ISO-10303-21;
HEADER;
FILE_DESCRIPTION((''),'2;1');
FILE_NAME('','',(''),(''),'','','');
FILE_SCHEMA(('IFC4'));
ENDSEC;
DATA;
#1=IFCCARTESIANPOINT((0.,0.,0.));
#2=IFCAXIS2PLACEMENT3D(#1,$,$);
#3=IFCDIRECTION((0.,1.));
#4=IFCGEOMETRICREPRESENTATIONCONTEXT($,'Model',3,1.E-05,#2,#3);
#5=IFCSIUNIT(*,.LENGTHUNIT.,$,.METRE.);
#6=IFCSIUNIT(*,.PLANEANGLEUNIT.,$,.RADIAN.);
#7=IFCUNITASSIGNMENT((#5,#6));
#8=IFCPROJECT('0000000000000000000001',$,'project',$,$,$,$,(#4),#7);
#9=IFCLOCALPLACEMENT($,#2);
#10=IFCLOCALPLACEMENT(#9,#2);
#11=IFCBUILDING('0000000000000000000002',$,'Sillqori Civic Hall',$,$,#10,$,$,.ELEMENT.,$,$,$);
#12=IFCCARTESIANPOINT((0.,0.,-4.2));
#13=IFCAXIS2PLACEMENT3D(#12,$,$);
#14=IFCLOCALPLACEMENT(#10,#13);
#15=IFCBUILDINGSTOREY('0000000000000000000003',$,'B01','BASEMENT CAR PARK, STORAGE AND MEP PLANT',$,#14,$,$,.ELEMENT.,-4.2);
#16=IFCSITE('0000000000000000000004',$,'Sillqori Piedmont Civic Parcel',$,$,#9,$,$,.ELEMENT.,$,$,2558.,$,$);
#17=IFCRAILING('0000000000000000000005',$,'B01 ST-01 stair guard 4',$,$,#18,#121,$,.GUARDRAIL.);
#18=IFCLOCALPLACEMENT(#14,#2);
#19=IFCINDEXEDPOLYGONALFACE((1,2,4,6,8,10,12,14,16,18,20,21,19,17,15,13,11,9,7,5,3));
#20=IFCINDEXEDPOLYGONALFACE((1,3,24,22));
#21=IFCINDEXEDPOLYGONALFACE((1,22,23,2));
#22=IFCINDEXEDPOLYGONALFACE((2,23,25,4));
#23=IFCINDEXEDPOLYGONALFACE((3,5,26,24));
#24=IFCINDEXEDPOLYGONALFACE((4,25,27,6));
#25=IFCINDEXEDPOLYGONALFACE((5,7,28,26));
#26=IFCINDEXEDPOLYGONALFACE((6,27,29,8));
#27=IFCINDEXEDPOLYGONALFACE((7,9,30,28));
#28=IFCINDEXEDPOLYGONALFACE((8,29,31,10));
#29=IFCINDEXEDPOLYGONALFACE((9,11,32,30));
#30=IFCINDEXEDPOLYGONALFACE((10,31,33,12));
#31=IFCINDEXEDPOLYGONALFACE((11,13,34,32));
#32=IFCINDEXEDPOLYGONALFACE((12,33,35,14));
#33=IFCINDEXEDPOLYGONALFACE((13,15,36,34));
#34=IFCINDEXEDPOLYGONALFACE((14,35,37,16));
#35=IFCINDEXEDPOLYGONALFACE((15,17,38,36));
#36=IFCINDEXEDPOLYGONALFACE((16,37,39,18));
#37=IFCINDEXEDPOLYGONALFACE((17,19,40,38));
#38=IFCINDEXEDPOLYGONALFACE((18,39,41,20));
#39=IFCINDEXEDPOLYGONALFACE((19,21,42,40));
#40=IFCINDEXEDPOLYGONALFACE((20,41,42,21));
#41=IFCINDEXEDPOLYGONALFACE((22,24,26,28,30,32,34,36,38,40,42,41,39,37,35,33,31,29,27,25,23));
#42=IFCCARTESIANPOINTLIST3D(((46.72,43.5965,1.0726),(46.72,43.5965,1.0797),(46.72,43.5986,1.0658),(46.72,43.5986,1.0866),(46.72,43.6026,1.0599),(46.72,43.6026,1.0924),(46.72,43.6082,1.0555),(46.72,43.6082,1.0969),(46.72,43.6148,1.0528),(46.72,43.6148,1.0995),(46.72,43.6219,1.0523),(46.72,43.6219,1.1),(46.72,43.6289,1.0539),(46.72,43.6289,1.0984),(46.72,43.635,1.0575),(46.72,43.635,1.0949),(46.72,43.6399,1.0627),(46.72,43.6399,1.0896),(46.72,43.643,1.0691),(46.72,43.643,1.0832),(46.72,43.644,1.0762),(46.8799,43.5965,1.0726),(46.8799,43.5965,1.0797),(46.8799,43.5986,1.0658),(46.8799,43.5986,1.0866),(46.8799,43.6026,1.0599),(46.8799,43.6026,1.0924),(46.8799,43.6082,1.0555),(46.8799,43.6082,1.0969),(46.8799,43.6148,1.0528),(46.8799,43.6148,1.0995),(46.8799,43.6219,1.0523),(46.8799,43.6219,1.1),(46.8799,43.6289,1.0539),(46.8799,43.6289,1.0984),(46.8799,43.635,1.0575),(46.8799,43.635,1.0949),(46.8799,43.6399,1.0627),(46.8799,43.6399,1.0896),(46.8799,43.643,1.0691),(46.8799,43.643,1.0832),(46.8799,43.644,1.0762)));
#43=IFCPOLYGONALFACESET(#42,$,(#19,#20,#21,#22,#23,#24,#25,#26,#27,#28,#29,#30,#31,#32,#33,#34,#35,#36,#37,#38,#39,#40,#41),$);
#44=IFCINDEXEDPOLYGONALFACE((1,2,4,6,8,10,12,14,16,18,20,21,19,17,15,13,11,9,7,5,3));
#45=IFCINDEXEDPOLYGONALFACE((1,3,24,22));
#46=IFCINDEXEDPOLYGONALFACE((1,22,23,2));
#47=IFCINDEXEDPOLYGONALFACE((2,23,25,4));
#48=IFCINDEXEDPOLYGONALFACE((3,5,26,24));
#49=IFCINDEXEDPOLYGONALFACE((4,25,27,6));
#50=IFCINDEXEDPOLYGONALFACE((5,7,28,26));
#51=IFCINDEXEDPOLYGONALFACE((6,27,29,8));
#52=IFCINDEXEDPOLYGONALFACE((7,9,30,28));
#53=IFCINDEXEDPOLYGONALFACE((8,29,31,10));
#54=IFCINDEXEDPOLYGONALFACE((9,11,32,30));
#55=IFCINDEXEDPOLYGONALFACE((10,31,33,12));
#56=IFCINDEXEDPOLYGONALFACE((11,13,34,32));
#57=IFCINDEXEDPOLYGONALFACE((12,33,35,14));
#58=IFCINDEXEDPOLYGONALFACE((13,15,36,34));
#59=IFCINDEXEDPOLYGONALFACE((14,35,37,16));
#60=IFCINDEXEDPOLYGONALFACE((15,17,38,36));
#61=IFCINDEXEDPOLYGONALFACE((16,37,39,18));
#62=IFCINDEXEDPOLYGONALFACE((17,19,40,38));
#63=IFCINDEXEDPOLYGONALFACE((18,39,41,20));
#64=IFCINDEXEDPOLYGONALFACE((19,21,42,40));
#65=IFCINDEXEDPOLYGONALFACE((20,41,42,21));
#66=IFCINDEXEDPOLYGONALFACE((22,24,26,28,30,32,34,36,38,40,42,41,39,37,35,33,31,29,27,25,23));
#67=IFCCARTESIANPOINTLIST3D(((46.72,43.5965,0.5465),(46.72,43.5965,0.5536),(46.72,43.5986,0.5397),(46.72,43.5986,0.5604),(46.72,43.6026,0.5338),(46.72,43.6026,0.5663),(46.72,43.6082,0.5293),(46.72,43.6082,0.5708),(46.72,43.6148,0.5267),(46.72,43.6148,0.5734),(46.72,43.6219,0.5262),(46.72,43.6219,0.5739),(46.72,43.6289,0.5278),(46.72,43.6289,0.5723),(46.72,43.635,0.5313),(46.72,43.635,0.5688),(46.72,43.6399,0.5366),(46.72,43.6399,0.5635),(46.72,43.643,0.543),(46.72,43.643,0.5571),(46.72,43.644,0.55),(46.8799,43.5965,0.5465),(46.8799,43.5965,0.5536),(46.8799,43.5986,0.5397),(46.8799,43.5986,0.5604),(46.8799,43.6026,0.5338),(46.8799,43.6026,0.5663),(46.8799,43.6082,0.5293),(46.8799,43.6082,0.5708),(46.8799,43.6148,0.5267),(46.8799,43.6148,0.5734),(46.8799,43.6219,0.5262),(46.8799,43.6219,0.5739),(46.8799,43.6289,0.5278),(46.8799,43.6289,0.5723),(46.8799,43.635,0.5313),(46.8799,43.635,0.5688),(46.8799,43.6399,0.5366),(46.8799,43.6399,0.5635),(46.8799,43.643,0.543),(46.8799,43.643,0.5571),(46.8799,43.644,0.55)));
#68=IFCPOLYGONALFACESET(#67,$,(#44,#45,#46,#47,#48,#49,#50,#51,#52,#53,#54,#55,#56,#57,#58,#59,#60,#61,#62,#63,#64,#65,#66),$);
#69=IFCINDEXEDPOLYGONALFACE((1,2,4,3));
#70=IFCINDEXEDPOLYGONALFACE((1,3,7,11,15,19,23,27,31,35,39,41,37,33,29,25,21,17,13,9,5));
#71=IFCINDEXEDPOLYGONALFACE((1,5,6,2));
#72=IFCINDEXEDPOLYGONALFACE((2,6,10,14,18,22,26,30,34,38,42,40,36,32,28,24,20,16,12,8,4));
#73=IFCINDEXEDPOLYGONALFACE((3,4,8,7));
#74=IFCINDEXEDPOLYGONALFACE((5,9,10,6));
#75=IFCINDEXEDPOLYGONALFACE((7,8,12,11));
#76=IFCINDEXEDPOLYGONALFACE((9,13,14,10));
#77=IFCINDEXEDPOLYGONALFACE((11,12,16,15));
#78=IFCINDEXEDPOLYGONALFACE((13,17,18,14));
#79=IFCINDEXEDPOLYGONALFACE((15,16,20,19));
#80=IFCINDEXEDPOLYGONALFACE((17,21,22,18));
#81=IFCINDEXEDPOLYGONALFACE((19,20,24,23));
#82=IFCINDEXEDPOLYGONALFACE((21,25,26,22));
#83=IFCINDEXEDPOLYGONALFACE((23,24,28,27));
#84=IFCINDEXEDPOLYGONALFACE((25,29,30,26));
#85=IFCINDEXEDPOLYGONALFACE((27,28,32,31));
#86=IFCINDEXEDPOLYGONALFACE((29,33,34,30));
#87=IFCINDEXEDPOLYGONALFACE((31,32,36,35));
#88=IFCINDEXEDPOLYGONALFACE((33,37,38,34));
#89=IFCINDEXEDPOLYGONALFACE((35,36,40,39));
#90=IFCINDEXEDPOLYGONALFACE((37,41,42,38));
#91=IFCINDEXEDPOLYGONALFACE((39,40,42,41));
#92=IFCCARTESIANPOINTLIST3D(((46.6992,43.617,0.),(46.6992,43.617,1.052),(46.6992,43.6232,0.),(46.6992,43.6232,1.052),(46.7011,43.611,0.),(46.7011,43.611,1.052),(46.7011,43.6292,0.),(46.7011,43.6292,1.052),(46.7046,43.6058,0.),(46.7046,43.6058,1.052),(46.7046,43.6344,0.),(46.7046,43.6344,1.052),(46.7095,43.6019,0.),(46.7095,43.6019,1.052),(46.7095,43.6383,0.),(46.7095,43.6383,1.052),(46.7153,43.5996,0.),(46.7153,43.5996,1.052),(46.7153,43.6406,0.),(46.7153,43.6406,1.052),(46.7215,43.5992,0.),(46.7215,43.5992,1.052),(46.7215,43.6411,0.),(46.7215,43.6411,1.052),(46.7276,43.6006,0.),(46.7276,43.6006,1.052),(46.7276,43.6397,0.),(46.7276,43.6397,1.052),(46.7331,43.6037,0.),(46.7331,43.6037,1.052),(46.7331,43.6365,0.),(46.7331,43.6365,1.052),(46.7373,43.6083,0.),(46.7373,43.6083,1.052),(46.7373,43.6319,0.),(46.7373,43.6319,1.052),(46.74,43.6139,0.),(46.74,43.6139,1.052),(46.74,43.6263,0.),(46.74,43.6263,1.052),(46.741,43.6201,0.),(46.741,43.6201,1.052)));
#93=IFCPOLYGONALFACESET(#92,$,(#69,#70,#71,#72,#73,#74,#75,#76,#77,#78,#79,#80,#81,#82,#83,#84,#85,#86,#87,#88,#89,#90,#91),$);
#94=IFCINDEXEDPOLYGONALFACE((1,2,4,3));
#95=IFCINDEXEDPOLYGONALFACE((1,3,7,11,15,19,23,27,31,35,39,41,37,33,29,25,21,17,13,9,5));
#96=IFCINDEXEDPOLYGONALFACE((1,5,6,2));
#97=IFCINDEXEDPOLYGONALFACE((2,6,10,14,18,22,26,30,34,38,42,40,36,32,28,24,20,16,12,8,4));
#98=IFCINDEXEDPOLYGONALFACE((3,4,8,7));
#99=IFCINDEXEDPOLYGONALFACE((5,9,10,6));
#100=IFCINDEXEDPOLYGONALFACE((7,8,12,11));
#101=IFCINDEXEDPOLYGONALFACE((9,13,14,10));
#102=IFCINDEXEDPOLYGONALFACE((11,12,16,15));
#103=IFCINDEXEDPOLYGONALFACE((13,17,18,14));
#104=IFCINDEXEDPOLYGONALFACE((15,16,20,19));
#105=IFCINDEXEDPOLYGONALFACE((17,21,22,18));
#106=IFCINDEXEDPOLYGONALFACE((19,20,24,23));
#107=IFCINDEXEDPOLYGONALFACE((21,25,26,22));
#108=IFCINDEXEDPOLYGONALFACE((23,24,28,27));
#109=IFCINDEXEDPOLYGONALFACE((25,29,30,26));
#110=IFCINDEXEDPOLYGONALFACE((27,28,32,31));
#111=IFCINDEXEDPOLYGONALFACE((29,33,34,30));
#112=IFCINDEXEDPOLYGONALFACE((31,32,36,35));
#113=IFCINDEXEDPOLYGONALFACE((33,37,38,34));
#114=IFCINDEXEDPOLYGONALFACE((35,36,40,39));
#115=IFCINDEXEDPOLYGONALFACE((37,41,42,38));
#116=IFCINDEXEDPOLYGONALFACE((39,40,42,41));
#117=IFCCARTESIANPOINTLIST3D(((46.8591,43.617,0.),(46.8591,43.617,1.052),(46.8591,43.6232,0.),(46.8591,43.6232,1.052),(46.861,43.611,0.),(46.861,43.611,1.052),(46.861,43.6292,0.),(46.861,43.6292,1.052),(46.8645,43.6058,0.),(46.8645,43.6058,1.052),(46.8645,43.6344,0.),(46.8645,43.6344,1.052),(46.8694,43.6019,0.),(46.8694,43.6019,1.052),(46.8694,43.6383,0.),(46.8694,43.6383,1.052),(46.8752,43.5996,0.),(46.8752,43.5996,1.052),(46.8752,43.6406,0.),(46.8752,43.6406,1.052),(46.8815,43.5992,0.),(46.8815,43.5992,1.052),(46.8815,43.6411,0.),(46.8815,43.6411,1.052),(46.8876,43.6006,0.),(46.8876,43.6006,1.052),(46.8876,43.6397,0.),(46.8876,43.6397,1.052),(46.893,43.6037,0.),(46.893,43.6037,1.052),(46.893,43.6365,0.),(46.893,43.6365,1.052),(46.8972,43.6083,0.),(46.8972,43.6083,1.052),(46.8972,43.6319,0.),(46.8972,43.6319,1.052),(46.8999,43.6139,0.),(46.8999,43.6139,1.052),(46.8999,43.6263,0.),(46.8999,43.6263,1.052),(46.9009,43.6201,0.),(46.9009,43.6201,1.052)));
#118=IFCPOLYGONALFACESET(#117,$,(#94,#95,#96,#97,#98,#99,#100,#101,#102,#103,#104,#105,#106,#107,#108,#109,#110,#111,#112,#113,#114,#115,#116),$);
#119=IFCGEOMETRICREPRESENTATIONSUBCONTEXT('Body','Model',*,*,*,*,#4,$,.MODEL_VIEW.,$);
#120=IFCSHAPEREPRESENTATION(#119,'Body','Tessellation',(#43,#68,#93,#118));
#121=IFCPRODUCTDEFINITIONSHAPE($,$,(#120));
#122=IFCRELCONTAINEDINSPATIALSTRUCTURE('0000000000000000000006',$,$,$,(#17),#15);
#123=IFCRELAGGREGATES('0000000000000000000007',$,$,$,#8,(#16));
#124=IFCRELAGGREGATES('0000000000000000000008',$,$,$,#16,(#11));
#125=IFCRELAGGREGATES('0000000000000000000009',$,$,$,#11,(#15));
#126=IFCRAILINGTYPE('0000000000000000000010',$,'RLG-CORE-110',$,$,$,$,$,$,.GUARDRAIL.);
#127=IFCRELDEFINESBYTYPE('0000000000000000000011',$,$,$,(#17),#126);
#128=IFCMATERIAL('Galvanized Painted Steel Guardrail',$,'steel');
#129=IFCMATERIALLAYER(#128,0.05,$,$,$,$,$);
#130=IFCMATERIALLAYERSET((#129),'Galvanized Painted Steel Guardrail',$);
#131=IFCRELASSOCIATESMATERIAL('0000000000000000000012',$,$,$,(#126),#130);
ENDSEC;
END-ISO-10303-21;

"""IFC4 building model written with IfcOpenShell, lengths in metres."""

from ifc_helpers import new_model, si_unit, direction, frame, origin, origin_2d, place, context, subcontext, project, spatial, circle, extrude, material, layer, layer_set, type_object, element, save


model = new_model("IFC4")

# Units and contexts
model_context = context("Model", 3, precision=1e-05, world=origin(), true_north=direction((0.0, 1.0)))
body_context = subcontext(model_context, "Body", "Model", "MODEL_VIEW")
ifc_project = project(units=[si_unit("LENGTHUNIT", "METRE"), si_unit("PLANEANGLEUNIT", "RADIAN")], contexts=[model_context])

# Site, building, storey
site_placement = place(None, origin())
site = spatial("IfcSite", under=ifc_project, at=site_placement, Name="Sillqori Piedmont Civic Parcel", CompositionType="ELEMENT", RefElevation=2558.0)
building_placement = place(site_placement, origin())
building = spatial("IfcBuilding", under=site, at=building_placement, Name="Sillqori Civic Hall", CompositionType="ELEMENT")
storey_placement = place(building_placement, frame((0.0, 0.0, -4.2)))
storey = spatial("IfcBuildingStorey", under=building, at=storey_placement, Name="B01", Description="BASEMENT CAR PARK, STORAGE AND MEP PLANT", CompositionType="ELEMENT", Elevation=-4.2)

# Railing
ifc_material_1 = material(Name="Galvanized Painted Steel Guardrail", Category="steel")
ifc_layer_1 = layer(ifc_material_1, 0.05)
ifc_layer_set_1 = layer_set([ifc_layer_1], Name="Galvanized Painted Steel Guardrail")
railing_type_1 = type_object("IfcRailingType", Name="RLG-CORE-110", PredefinedType="GUARDRAIL", material=ifc_layer_set_1)
railing_1_placement = place(storey_placement, frame((46.72, 43.6201, 0.0)))
element("IfcRailing", 1, at=railing_1_placement, inside=storey, type_object=railing_type_1, Name="B01 ST-01 stair guard 4", PredefinedType="GUARDRAIL", context=body_context, shape_type="SweptSolid", body=[
    extrude(circle(Radius=0.0239, at=origin_2d()), frame((0.0, 0.0, 1.0762), z_axis=(1.0, 0.0, 0.0), x_axis=(0.0, 1.0, 0.0)), (0.0, 0.0, 1.0), 0.1599),
    extrude(circle(Radius=0.0239, at=origin_2d()), frame((0.0, 0.0, 0.55), z_axis=(1.0, 0.0, 0.0), x_axis=(0.0, 1.0, 0.0)), (0.0, 0.0, 1.0), 0.1599),
    extrude(circle(Radius=0.021, at=origin_2d()), origin(), (0.0, 0.0, 1.0), 1.052),
    extrude(circle(Radius=0.021, at=origin_2d()), frame((0.1599, 0.0, 0.0)), (0.0, 0.0, 1.0), 1.052),
])

save(model, "model.ifc")
